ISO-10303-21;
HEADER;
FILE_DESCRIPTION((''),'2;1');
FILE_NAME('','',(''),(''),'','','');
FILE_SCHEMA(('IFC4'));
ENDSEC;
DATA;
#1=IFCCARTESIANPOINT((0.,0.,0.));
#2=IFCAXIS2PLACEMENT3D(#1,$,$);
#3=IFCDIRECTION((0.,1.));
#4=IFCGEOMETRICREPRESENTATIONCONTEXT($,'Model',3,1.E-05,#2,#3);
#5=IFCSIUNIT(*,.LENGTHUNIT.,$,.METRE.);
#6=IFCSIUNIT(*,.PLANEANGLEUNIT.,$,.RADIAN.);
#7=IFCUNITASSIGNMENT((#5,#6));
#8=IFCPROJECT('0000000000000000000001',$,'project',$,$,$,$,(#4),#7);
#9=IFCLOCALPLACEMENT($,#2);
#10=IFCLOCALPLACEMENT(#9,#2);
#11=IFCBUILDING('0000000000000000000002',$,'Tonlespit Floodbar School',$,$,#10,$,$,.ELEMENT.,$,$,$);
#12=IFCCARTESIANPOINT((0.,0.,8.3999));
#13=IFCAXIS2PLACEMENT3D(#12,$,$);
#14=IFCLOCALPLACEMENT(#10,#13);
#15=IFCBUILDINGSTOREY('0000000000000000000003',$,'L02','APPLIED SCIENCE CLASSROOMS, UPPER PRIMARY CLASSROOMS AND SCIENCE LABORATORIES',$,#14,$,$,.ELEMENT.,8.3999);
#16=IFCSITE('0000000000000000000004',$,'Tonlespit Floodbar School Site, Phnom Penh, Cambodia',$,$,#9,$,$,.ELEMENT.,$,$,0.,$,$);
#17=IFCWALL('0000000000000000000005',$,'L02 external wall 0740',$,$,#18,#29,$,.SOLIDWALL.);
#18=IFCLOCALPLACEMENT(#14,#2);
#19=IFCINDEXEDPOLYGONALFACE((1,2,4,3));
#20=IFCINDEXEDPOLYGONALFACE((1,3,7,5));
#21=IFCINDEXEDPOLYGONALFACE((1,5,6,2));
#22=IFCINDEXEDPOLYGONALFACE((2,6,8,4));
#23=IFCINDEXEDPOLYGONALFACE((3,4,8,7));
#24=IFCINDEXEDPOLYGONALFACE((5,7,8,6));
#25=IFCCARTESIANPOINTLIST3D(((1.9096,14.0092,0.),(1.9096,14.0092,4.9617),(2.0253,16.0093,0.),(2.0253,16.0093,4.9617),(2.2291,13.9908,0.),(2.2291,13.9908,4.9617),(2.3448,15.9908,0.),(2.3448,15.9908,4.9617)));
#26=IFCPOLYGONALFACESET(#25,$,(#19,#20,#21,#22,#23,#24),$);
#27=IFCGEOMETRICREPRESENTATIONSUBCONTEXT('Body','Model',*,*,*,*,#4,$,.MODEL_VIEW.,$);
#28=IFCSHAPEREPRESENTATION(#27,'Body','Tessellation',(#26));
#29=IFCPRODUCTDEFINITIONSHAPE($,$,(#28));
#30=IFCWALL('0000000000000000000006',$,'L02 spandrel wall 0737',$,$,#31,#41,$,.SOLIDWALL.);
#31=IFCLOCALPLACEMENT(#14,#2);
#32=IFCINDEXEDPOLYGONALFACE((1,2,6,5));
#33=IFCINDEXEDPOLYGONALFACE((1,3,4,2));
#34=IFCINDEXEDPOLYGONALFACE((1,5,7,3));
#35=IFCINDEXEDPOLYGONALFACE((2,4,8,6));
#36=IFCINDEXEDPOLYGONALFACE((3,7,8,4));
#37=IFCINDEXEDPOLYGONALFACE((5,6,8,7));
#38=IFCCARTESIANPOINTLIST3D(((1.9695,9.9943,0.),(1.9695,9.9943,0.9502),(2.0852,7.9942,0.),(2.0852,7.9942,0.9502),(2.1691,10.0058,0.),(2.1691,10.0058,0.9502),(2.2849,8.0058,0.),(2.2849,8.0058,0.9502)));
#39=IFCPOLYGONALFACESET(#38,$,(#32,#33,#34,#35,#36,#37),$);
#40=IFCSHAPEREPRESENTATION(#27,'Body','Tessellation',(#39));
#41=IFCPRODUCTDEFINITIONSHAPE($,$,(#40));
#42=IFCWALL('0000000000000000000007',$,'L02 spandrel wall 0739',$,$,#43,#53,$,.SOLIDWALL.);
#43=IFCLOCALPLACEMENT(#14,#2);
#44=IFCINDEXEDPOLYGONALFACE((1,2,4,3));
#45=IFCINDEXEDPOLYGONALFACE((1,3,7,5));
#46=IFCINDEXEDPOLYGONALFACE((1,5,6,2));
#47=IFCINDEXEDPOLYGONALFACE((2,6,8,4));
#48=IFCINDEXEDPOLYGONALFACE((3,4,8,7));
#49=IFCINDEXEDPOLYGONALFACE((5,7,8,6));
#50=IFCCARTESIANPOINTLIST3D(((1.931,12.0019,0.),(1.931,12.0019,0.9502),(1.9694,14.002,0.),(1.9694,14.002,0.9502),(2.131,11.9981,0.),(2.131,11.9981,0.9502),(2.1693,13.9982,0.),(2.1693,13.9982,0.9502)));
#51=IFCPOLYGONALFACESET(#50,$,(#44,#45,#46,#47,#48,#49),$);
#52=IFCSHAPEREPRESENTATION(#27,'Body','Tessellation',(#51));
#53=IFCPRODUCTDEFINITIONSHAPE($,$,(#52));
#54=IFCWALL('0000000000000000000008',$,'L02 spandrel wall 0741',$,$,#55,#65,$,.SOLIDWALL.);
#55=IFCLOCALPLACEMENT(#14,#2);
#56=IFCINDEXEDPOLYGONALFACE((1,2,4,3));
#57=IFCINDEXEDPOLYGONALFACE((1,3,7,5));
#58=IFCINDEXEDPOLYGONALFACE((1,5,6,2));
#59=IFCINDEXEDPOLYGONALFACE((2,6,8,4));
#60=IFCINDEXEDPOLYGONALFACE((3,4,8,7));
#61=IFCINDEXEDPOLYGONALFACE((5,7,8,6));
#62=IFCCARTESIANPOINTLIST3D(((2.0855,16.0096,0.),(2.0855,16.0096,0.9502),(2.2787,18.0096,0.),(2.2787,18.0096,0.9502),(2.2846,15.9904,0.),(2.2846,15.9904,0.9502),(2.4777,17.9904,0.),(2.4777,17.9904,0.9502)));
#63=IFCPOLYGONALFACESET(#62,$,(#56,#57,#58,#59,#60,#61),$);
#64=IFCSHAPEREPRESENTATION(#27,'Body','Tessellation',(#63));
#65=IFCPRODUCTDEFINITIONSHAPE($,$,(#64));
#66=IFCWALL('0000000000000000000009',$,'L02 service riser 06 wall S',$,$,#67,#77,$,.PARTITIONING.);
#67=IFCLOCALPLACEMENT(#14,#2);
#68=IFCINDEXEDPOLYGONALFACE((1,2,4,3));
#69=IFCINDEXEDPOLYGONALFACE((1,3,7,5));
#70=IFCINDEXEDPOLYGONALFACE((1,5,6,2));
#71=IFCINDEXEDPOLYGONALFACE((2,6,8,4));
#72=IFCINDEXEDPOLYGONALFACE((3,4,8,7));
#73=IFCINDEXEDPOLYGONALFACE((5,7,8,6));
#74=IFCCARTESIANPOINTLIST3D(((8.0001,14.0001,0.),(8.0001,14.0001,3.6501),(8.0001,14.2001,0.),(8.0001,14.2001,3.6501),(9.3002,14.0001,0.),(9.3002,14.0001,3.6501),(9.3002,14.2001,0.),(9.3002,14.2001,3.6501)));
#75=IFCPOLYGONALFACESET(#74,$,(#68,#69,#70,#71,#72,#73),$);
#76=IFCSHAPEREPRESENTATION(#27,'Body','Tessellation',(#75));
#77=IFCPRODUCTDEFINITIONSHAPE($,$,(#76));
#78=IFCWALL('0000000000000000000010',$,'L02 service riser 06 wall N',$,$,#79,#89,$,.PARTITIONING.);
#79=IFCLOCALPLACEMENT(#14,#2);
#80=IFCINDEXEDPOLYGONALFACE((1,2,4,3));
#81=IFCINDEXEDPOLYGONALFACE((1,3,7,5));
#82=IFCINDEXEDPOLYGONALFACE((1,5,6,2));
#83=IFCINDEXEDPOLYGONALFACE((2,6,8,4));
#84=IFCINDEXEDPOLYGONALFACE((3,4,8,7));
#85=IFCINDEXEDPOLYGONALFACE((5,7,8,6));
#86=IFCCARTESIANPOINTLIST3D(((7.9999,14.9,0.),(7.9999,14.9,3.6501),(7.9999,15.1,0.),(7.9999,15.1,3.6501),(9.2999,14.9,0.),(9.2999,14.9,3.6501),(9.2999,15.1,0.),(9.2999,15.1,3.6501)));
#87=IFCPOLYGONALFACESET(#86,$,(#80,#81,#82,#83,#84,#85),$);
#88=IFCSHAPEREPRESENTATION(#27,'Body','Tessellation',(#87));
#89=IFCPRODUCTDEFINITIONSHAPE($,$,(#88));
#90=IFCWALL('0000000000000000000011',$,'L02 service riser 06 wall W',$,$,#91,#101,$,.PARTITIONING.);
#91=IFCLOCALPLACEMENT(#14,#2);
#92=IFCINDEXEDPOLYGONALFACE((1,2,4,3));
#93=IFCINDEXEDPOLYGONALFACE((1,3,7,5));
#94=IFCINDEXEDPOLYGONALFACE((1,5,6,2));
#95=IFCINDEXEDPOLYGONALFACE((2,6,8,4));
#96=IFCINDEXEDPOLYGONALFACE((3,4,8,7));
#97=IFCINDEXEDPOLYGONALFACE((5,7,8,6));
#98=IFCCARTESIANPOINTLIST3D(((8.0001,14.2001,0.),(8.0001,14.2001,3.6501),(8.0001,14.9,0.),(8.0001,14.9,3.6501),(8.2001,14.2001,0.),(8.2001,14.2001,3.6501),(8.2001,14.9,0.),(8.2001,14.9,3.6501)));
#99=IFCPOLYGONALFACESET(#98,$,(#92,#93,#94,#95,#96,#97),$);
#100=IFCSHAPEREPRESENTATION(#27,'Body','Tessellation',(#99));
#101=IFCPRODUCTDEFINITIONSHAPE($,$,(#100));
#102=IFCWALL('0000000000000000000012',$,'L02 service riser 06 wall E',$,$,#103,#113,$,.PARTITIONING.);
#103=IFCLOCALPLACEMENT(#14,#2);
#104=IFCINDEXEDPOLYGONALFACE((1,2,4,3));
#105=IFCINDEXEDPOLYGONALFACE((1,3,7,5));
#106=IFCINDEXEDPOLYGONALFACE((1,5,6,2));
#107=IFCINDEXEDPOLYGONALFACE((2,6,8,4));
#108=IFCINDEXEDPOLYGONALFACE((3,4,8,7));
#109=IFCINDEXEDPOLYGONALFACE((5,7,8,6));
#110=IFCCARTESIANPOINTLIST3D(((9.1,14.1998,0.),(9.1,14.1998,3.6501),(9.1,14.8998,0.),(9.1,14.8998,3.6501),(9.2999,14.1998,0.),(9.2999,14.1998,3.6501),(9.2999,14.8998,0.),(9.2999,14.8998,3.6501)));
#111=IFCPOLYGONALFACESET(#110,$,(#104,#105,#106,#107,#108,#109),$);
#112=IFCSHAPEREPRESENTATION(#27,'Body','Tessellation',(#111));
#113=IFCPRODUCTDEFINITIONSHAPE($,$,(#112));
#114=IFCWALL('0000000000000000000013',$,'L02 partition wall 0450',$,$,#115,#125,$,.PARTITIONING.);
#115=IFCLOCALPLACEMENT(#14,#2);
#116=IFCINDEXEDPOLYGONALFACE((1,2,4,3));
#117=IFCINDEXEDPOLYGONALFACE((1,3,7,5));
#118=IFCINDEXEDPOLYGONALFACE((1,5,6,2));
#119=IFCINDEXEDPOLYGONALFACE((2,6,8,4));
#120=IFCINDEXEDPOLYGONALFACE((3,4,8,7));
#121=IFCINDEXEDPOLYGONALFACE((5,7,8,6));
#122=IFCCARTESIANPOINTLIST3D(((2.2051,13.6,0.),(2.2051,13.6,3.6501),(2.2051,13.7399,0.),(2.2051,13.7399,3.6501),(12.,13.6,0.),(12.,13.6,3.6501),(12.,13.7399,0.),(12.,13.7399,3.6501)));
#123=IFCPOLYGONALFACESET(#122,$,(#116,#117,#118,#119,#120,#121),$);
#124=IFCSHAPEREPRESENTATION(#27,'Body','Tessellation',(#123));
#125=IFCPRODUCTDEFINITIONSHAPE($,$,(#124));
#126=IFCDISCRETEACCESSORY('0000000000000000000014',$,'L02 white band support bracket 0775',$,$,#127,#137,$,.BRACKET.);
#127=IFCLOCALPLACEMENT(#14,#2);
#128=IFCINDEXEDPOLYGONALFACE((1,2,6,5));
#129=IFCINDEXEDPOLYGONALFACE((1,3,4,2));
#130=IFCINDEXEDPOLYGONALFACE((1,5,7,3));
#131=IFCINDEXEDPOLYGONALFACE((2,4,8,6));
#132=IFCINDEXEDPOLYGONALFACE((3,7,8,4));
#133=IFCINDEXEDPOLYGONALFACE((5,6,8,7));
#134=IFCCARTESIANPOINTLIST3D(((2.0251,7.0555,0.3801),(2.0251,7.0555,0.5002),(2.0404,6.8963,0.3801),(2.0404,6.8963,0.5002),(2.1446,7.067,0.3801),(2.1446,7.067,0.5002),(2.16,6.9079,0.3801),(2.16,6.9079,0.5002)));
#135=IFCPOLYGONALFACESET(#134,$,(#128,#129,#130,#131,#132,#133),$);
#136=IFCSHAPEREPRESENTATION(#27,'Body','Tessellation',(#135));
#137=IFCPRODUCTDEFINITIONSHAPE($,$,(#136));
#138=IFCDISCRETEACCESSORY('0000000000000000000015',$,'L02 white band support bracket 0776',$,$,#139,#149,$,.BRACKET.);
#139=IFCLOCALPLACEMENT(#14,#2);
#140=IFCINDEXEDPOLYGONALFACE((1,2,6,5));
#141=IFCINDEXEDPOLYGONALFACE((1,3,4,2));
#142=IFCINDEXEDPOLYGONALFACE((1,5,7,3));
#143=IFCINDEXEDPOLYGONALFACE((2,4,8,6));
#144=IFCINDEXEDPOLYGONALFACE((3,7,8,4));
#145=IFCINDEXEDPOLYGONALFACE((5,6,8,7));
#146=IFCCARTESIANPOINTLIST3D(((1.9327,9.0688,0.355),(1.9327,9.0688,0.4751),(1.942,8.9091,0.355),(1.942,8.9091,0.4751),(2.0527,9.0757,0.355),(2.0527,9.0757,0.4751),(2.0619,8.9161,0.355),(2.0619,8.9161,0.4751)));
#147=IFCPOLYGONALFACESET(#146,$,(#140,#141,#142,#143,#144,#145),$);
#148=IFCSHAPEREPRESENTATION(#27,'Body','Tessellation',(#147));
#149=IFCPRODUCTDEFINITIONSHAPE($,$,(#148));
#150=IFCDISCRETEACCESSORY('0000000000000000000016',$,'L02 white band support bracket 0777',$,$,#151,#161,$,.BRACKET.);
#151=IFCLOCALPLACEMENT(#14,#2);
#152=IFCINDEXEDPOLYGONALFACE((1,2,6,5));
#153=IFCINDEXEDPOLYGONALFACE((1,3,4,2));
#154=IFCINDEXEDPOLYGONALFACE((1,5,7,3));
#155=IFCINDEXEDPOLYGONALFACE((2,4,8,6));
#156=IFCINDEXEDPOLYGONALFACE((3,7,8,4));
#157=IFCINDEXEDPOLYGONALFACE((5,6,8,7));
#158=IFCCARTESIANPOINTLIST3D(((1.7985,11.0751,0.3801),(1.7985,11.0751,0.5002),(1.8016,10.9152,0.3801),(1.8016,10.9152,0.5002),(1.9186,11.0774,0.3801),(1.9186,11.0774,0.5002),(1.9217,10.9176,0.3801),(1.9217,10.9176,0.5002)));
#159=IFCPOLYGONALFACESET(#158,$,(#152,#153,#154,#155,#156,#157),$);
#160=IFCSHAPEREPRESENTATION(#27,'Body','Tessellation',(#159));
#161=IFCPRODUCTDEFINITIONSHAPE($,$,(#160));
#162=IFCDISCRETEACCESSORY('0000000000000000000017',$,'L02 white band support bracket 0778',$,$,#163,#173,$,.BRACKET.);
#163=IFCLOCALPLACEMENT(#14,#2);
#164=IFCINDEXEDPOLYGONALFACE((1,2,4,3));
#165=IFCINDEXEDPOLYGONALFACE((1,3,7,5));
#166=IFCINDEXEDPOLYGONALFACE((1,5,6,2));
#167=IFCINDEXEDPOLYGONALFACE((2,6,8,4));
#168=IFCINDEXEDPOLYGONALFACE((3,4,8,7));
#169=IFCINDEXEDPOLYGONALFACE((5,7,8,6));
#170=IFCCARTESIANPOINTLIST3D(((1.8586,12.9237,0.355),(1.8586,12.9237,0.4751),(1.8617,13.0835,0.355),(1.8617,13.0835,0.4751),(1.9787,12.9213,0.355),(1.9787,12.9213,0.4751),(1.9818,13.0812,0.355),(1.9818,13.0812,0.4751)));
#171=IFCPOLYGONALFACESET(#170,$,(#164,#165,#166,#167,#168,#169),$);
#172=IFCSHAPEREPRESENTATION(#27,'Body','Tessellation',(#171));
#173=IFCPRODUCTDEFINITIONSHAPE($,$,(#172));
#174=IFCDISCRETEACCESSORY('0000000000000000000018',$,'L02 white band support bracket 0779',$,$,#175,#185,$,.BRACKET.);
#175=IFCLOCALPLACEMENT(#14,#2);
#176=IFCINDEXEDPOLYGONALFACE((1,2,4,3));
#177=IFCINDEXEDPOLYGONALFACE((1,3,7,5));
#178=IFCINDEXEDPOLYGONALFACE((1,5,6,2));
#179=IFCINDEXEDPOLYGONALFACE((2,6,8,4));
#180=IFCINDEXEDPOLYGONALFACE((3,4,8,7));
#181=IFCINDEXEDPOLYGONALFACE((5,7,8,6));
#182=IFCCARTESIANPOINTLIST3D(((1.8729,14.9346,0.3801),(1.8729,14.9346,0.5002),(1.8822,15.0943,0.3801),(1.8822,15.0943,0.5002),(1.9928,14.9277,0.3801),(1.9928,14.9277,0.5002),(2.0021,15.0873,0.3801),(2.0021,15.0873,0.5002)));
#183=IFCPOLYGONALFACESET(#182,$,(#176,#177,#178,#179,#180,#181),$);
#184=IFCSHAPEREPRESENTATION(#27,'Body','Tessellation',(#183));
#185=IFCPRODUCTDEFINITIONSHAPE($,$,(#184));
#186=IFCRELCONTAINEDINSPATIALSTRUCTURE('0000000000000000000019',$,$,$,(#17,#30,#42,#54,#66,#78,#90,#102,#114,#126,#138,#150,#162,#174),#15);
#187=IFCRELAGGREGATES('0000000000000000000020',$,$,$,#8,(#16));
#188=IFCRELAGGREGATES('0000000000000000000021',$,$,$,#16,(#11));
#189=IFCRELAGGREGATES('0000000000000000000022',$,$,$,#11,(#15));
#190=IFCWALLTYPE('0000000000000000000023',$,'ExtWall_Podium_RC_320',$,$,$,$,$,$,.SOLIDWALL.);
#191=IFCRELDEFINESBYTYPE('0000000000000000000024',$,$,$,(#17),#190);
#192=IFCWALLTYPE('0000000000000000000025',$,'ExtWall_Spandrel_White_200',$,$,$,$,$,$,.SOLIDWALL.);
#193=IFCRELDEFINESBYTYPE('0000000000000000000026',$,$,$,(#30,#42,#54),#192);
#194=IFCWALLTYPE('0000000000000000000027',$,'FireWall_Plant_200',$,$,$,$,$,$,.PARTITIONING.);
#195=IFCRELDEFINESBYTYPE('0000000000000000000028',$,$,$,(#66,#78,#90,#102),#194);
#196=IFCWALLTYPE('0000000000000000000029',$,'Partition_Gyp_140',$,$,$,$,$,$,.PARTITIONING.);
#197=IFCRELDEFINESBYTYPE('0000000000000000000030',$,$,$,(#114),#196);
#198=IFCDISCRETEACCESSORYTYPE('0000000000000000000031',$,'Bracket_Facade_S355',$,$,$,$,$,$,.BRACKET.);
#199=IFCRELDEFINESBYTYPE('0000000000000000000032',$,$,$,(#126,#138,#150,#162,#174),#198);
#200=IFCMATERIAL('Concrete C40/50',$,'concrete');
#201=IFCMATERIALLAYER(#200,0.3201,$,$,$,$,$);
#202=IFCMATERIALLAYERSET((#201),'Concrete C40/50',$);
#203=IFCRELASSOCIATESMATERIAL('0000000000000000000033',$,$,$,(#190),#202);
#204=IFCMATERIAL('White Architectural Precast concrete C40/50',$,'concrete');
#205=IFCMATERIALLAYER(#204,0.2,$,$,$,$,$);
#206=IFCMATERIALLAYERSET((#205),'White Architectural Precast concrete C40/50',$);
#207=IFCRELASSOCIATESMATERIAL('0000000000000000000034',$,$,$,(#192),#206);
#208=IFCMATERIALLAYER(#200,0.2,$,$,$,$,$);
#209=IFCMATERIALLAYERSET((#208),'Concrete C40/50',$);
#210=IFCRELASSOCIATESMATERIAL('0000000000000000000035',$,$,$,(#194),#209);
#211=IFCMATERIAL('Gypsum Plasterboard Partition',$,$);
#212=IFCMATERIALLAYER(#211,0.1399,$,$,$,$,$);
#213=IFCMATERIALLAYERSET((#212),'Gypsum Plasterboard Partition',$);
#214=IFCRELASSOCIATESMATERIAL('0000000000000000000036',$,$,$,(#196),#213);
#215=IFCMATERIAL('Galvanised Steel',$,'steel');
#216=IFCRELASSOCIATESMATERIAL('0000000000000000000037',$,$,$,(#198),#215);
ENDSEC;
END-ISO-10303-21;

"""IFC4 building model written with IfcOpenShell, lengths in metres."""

from ifc_helpers import new_model, si_unit, direction, frame, frame_2d, origin, origin_2d, place, context, subcontext, project, spatial, rectangle, extrude, material, layer, layer_set, type_object, element, save


model = new_model("IFC4")

# Units and contexts
model_context = context("Model", 3, precision=1e-05, world=origin(), true_north=direction((0.0, 1.0)))
body_context = subcontext(model_context, "Body", "Model", "MODEL_VIEW")
ifc_project = project(units=[si_unit("LENGTHUNIT", "METRE"), si_unit("PLANEANGLEUNIT", "RADIAN")], contexts=[model_context])

# Site, building, storey
site_placement = place(None, origin())
site = spatial("IfcSite", under=ifc_project, at=site_placement, Name="Tonlespit Floodbar School Site, Phnom Penh, Cambodia", CompositionType="ELEMENT", RefElevation=0.0)
building_placement = place(site_placement, origin())
building = spatial("IfcBuilding", under=site, at=building_placement, Name="Tonlespit Floodbar School", CompositionType="ELEMENT")
storey_placement = place(building_placement, frame((0.0, 0.0, 8.3999)))
storey = spatial("IfcBuildingStorey", under=building, at=storey_placement, Name="L02", Description="APPLIED SCIENCE CLASSROOMS, UPPER PRIMARY CLASSROOMS AND SCIENCE LABORATORIES", CompositionType="ELEMENT", Elevation=8.3999)

# Walls
ifc_material_1 = material(Name="Concrete C40/50", Category="concrete")
ifc_layer_1 = layer(ifc_material_1, 0.3201)
ifc_layer_set_1 = layer_set([ifc_layer_1], Name="Concrete C40/50")
wall_type_1 = type_object("IfcWallType", Name="ExtWall_Podium_RC_320", PredefinedType="SOLIDWALL", material=ifc_layer_set_1)
wall_1_placement = place(storey_placement, frame((2.0693, 14.0, 0.0), z_axis=(0.0, 0.0, 1.0), x_axis=(0.057765, 0.99833, 0.0)))
element("IfcWall", 1, at=wall_1_placement, inside=storey, type_object=wall_type_1, Name="L02 external wall 0740", PredefinedType="SOLIDWALL", context=body_context, shape_type="SweptSolid", body=[
    extrude(rectangle(XDim=2.0034, YDim=0.3201, at=frame_2d((1.0017, 0.0))), origin(), (0.0, 0.0, 1.0), 4.9617),
])
ifc_material_2 = material(Name="White Architectural Precast concrete C40/50", Category="concrete")
ifc_layer_2 = layer(ifc_material_2, 0.2)
ifc_layer_set_2 = layer_set([ifc_layer_2], Name="White Architectural Precast concrete C40/50")
wall_type_2 = type_object("IfcWallType", Name="ExtWall_Spandrel_White_200", PredefinedType="SOLIDWALL", material=ifc_layer_set_2)
wall_2_placement = place(storey_placement, frame((2.1851, 8.0, 0.0), z_axis=(0.0, 0.0, 1.0), x_axis=(-0.057765, 0.99833, 0.0)))
element("IfcWall", 2, at=wall_2_placement, inside=storey, type_object=wall_type_2, Name="L02 spandrel wall 0737", PredefinedType="SOLIDWALL", context=body_context, shape_type="SweptSolid", body=[
    extrude(rectangle(XDim=2.0034, YDim=0.2, at=frame_2d((1.0017, 0.0))), origin(), (0.0, 0.0, 1.0), 0.9502),
])
wall_3_placement = place(storey_placement, frame((2.031, 12.0, 0.0), z_axis=(0.0, 0.0, 1.0), x_axis=(0.019162, 0.999816, 0.0)))
element("IfcWall", 3, at=wall_3_placement, inside=storey, type_object=wall_type_2, Name="L02 spandrel wall 0739", PredefinedType="SOLIDWALL", context=body_context, shape_type="SweptSolid", body=[
    extrude(rectangle(XDim=2.0005, YDim=0.2, at=frame_2d((1.0002, 0.0))), origin(), (0.0, 0.0, 1.0), 0.9502),
])
wall_4_placement = place(storey_placement, frame((2.1851, 16.0, 0.0), z_axis=(0.0, 0.0, 1.0), x_axis=(0.096111, 0.995371, 0.0)))
element("IfcWall", 4, at=wall_4_placement, inside=storey, type_object=wall_type_2, Name="L02 spandrel wall 0741", PredefinedType="SOLIDWALL", context=body_context, shape_type="SweptSolid", body=[
    extrude(rectangle(XDim=2.0093, YDim=0.2, at=frame_2d((1.0046, 0.0))), origin(), (0.0, 0.0, 1.0), 0.9502),
])
ifc_layer_3 = layer(ifc_material_1, 0.2)
ifc_layer_set_3 = layer_set([ifc_layer_3], Name="Concrete C40/50")
wall_type_3 = type_object("IfcWallType", Name="FireWall_Plant_200", PredefinedType="PARTITIONING", material=ifc_layer_set_3)
for number, where, z_axis, x_axis, name in (
    (5, (9.3, 14.1001, 0.0), (0.0, 0.0, 1.0), (-1.0, 0.0, 0.0), "L02 service riser 06 wall S"),
    (6, (8.0, 15.0, 0.0), (0.0, 0.0, 1.0), (1.0, 0.0, 0.0), "L02 service riser 06 wall N"),
):
    element("IfcWall", number, at=place(storey_placement, frame(where, z_axis=z_axis, x_axis=x_axis)), inside=storey, type_object=wall_type_3, Name=name, PredefinedType="PARTITIONING", context=body_context, shape_type="SweptSolid", body=[
        extrude(rectangle(XDim=1.3, YDim=0.2, at=frame_2d((0.6499, 0.0))), origin(), (0.0, 0.0, 1.0), 3.6501),
    ])
for number, where, z_axis, x_axis, name in (
    (7, (8.1001, 14.2, 0.0), (0.0, 0.0, 1.0), (0.0, 1.0, 0.0), "L02 service riser 06 wall W"),
    (8, (9.2, 14.8999, 0.0), (0.0, 0.0, 1.0), (0.0, -1.0, 0.0), "L02 service riser 06 wall E"),
):
    element("IfcWall", number, at=place(storey_placement, frame(where, z_axis=z_axis, x_axis=x_axis)), inside=storey, type_object=wall_type_3, Name=name, PredefinedType="PARTITIONING", context=body_context, shape_type="SweptSolid", body=[
        extrude(rectangle(XDim=0.7, YDim=0.2, at=frame_2d((0.3501, 0.0))), origin(), (0.0, 0.0, 1.0), 3.6501),
    ])
ifc_material_3 = material(Name="Gypsum Plasterboard Partition")
ifc_layer_4 = layer(ifc_material_3, 0.1399)
ifc_layer_set_4 = layer_set([ifc_layer_4], Name="Gypsum Plasterboard Partition")
wall_type_4 = type_object("IfcWallType", Name="Partition_Gyp_140", PredefinedType="PARTITIONING", material=ifc_layer_set_4)
wall_5_placement = place(storey_placement, frame((2.2051, 13.6699, 0.0), z_axis=(0.0, 0.0, 1.0), x_axis=(1.0, 0.0, 0.0)))
element("IfcWall", 9, at=wall_5_placement, inside=storey, type_object=wall_type_4, Name="L02 partition wall 0450", PredefinedType="PARTITIONING", context=body_context, shape_type="SweptSolid", body=[
    extrude(rectangle(XDim=9.7949, YDim=0.1399, at=frame_2d((4.8975, 0.0))), origin(), (0.0, 0.0, 1.0), 3.6501),
])

# Discrete accessories
ifc_material_4 = material(Name="Galvanised Steel", Category="steel")
discrete_accessory_type = type_object("IfcDiscreteAccessoryType", Name="Bracket_Facade_S355", PredefinedType="BRACKET", material=ifc_material_4)
for number, where, z_axis, x_axis, name in (
    (10, (2.0925, 6.9817, 0.3801), (0.0, 0.0, 1.0), (-0.096153, 0.995367, 0.0), "L02 white band support bracket 0775"),
    (11, (1.9973, 8.9924, 0.355), (0.0, 0.0, 1.0), (-0.057703, 0.998334, 0.0), "L02 white band support bracket 0776"),
    (12, (1.8601, 10.9963, 0.3801), (0.0, 0.0, 1.0), (-0.019246, 0.999815, 0.0), "L02 white band support bracket 0777"),
    (13, (1.9202, 13.0024, 0.355), (0.0, 0.0, 1.0), (0.019246, 0.999815, 0.0), "L02 white band support bracket 0778"),
    (14, (1.9375, 15.011, 0.3801), (0.0, 0.0, 1.0), (0.057703, 0.998334, 0.0), "L02 white band support bracket 0779"),
):
    element("IfcDiscreteAccessory", number, at=place(storey_placement, frame(where, z_axis=z_axis, x_axis=x_axis)), inside=storey, type_object=discrete_accessory_type, Name=name, PredefinedType="BRACKET", context=body_context, shape_type="SweptSolid", body=[
        extrude(rectangle(XDim=0.1599, YDim=0.1201, at=origin_2d()), origin(), (0.0, 0.0, 1.0), 0.1201),
    ])

save(model, "model.ifc")
